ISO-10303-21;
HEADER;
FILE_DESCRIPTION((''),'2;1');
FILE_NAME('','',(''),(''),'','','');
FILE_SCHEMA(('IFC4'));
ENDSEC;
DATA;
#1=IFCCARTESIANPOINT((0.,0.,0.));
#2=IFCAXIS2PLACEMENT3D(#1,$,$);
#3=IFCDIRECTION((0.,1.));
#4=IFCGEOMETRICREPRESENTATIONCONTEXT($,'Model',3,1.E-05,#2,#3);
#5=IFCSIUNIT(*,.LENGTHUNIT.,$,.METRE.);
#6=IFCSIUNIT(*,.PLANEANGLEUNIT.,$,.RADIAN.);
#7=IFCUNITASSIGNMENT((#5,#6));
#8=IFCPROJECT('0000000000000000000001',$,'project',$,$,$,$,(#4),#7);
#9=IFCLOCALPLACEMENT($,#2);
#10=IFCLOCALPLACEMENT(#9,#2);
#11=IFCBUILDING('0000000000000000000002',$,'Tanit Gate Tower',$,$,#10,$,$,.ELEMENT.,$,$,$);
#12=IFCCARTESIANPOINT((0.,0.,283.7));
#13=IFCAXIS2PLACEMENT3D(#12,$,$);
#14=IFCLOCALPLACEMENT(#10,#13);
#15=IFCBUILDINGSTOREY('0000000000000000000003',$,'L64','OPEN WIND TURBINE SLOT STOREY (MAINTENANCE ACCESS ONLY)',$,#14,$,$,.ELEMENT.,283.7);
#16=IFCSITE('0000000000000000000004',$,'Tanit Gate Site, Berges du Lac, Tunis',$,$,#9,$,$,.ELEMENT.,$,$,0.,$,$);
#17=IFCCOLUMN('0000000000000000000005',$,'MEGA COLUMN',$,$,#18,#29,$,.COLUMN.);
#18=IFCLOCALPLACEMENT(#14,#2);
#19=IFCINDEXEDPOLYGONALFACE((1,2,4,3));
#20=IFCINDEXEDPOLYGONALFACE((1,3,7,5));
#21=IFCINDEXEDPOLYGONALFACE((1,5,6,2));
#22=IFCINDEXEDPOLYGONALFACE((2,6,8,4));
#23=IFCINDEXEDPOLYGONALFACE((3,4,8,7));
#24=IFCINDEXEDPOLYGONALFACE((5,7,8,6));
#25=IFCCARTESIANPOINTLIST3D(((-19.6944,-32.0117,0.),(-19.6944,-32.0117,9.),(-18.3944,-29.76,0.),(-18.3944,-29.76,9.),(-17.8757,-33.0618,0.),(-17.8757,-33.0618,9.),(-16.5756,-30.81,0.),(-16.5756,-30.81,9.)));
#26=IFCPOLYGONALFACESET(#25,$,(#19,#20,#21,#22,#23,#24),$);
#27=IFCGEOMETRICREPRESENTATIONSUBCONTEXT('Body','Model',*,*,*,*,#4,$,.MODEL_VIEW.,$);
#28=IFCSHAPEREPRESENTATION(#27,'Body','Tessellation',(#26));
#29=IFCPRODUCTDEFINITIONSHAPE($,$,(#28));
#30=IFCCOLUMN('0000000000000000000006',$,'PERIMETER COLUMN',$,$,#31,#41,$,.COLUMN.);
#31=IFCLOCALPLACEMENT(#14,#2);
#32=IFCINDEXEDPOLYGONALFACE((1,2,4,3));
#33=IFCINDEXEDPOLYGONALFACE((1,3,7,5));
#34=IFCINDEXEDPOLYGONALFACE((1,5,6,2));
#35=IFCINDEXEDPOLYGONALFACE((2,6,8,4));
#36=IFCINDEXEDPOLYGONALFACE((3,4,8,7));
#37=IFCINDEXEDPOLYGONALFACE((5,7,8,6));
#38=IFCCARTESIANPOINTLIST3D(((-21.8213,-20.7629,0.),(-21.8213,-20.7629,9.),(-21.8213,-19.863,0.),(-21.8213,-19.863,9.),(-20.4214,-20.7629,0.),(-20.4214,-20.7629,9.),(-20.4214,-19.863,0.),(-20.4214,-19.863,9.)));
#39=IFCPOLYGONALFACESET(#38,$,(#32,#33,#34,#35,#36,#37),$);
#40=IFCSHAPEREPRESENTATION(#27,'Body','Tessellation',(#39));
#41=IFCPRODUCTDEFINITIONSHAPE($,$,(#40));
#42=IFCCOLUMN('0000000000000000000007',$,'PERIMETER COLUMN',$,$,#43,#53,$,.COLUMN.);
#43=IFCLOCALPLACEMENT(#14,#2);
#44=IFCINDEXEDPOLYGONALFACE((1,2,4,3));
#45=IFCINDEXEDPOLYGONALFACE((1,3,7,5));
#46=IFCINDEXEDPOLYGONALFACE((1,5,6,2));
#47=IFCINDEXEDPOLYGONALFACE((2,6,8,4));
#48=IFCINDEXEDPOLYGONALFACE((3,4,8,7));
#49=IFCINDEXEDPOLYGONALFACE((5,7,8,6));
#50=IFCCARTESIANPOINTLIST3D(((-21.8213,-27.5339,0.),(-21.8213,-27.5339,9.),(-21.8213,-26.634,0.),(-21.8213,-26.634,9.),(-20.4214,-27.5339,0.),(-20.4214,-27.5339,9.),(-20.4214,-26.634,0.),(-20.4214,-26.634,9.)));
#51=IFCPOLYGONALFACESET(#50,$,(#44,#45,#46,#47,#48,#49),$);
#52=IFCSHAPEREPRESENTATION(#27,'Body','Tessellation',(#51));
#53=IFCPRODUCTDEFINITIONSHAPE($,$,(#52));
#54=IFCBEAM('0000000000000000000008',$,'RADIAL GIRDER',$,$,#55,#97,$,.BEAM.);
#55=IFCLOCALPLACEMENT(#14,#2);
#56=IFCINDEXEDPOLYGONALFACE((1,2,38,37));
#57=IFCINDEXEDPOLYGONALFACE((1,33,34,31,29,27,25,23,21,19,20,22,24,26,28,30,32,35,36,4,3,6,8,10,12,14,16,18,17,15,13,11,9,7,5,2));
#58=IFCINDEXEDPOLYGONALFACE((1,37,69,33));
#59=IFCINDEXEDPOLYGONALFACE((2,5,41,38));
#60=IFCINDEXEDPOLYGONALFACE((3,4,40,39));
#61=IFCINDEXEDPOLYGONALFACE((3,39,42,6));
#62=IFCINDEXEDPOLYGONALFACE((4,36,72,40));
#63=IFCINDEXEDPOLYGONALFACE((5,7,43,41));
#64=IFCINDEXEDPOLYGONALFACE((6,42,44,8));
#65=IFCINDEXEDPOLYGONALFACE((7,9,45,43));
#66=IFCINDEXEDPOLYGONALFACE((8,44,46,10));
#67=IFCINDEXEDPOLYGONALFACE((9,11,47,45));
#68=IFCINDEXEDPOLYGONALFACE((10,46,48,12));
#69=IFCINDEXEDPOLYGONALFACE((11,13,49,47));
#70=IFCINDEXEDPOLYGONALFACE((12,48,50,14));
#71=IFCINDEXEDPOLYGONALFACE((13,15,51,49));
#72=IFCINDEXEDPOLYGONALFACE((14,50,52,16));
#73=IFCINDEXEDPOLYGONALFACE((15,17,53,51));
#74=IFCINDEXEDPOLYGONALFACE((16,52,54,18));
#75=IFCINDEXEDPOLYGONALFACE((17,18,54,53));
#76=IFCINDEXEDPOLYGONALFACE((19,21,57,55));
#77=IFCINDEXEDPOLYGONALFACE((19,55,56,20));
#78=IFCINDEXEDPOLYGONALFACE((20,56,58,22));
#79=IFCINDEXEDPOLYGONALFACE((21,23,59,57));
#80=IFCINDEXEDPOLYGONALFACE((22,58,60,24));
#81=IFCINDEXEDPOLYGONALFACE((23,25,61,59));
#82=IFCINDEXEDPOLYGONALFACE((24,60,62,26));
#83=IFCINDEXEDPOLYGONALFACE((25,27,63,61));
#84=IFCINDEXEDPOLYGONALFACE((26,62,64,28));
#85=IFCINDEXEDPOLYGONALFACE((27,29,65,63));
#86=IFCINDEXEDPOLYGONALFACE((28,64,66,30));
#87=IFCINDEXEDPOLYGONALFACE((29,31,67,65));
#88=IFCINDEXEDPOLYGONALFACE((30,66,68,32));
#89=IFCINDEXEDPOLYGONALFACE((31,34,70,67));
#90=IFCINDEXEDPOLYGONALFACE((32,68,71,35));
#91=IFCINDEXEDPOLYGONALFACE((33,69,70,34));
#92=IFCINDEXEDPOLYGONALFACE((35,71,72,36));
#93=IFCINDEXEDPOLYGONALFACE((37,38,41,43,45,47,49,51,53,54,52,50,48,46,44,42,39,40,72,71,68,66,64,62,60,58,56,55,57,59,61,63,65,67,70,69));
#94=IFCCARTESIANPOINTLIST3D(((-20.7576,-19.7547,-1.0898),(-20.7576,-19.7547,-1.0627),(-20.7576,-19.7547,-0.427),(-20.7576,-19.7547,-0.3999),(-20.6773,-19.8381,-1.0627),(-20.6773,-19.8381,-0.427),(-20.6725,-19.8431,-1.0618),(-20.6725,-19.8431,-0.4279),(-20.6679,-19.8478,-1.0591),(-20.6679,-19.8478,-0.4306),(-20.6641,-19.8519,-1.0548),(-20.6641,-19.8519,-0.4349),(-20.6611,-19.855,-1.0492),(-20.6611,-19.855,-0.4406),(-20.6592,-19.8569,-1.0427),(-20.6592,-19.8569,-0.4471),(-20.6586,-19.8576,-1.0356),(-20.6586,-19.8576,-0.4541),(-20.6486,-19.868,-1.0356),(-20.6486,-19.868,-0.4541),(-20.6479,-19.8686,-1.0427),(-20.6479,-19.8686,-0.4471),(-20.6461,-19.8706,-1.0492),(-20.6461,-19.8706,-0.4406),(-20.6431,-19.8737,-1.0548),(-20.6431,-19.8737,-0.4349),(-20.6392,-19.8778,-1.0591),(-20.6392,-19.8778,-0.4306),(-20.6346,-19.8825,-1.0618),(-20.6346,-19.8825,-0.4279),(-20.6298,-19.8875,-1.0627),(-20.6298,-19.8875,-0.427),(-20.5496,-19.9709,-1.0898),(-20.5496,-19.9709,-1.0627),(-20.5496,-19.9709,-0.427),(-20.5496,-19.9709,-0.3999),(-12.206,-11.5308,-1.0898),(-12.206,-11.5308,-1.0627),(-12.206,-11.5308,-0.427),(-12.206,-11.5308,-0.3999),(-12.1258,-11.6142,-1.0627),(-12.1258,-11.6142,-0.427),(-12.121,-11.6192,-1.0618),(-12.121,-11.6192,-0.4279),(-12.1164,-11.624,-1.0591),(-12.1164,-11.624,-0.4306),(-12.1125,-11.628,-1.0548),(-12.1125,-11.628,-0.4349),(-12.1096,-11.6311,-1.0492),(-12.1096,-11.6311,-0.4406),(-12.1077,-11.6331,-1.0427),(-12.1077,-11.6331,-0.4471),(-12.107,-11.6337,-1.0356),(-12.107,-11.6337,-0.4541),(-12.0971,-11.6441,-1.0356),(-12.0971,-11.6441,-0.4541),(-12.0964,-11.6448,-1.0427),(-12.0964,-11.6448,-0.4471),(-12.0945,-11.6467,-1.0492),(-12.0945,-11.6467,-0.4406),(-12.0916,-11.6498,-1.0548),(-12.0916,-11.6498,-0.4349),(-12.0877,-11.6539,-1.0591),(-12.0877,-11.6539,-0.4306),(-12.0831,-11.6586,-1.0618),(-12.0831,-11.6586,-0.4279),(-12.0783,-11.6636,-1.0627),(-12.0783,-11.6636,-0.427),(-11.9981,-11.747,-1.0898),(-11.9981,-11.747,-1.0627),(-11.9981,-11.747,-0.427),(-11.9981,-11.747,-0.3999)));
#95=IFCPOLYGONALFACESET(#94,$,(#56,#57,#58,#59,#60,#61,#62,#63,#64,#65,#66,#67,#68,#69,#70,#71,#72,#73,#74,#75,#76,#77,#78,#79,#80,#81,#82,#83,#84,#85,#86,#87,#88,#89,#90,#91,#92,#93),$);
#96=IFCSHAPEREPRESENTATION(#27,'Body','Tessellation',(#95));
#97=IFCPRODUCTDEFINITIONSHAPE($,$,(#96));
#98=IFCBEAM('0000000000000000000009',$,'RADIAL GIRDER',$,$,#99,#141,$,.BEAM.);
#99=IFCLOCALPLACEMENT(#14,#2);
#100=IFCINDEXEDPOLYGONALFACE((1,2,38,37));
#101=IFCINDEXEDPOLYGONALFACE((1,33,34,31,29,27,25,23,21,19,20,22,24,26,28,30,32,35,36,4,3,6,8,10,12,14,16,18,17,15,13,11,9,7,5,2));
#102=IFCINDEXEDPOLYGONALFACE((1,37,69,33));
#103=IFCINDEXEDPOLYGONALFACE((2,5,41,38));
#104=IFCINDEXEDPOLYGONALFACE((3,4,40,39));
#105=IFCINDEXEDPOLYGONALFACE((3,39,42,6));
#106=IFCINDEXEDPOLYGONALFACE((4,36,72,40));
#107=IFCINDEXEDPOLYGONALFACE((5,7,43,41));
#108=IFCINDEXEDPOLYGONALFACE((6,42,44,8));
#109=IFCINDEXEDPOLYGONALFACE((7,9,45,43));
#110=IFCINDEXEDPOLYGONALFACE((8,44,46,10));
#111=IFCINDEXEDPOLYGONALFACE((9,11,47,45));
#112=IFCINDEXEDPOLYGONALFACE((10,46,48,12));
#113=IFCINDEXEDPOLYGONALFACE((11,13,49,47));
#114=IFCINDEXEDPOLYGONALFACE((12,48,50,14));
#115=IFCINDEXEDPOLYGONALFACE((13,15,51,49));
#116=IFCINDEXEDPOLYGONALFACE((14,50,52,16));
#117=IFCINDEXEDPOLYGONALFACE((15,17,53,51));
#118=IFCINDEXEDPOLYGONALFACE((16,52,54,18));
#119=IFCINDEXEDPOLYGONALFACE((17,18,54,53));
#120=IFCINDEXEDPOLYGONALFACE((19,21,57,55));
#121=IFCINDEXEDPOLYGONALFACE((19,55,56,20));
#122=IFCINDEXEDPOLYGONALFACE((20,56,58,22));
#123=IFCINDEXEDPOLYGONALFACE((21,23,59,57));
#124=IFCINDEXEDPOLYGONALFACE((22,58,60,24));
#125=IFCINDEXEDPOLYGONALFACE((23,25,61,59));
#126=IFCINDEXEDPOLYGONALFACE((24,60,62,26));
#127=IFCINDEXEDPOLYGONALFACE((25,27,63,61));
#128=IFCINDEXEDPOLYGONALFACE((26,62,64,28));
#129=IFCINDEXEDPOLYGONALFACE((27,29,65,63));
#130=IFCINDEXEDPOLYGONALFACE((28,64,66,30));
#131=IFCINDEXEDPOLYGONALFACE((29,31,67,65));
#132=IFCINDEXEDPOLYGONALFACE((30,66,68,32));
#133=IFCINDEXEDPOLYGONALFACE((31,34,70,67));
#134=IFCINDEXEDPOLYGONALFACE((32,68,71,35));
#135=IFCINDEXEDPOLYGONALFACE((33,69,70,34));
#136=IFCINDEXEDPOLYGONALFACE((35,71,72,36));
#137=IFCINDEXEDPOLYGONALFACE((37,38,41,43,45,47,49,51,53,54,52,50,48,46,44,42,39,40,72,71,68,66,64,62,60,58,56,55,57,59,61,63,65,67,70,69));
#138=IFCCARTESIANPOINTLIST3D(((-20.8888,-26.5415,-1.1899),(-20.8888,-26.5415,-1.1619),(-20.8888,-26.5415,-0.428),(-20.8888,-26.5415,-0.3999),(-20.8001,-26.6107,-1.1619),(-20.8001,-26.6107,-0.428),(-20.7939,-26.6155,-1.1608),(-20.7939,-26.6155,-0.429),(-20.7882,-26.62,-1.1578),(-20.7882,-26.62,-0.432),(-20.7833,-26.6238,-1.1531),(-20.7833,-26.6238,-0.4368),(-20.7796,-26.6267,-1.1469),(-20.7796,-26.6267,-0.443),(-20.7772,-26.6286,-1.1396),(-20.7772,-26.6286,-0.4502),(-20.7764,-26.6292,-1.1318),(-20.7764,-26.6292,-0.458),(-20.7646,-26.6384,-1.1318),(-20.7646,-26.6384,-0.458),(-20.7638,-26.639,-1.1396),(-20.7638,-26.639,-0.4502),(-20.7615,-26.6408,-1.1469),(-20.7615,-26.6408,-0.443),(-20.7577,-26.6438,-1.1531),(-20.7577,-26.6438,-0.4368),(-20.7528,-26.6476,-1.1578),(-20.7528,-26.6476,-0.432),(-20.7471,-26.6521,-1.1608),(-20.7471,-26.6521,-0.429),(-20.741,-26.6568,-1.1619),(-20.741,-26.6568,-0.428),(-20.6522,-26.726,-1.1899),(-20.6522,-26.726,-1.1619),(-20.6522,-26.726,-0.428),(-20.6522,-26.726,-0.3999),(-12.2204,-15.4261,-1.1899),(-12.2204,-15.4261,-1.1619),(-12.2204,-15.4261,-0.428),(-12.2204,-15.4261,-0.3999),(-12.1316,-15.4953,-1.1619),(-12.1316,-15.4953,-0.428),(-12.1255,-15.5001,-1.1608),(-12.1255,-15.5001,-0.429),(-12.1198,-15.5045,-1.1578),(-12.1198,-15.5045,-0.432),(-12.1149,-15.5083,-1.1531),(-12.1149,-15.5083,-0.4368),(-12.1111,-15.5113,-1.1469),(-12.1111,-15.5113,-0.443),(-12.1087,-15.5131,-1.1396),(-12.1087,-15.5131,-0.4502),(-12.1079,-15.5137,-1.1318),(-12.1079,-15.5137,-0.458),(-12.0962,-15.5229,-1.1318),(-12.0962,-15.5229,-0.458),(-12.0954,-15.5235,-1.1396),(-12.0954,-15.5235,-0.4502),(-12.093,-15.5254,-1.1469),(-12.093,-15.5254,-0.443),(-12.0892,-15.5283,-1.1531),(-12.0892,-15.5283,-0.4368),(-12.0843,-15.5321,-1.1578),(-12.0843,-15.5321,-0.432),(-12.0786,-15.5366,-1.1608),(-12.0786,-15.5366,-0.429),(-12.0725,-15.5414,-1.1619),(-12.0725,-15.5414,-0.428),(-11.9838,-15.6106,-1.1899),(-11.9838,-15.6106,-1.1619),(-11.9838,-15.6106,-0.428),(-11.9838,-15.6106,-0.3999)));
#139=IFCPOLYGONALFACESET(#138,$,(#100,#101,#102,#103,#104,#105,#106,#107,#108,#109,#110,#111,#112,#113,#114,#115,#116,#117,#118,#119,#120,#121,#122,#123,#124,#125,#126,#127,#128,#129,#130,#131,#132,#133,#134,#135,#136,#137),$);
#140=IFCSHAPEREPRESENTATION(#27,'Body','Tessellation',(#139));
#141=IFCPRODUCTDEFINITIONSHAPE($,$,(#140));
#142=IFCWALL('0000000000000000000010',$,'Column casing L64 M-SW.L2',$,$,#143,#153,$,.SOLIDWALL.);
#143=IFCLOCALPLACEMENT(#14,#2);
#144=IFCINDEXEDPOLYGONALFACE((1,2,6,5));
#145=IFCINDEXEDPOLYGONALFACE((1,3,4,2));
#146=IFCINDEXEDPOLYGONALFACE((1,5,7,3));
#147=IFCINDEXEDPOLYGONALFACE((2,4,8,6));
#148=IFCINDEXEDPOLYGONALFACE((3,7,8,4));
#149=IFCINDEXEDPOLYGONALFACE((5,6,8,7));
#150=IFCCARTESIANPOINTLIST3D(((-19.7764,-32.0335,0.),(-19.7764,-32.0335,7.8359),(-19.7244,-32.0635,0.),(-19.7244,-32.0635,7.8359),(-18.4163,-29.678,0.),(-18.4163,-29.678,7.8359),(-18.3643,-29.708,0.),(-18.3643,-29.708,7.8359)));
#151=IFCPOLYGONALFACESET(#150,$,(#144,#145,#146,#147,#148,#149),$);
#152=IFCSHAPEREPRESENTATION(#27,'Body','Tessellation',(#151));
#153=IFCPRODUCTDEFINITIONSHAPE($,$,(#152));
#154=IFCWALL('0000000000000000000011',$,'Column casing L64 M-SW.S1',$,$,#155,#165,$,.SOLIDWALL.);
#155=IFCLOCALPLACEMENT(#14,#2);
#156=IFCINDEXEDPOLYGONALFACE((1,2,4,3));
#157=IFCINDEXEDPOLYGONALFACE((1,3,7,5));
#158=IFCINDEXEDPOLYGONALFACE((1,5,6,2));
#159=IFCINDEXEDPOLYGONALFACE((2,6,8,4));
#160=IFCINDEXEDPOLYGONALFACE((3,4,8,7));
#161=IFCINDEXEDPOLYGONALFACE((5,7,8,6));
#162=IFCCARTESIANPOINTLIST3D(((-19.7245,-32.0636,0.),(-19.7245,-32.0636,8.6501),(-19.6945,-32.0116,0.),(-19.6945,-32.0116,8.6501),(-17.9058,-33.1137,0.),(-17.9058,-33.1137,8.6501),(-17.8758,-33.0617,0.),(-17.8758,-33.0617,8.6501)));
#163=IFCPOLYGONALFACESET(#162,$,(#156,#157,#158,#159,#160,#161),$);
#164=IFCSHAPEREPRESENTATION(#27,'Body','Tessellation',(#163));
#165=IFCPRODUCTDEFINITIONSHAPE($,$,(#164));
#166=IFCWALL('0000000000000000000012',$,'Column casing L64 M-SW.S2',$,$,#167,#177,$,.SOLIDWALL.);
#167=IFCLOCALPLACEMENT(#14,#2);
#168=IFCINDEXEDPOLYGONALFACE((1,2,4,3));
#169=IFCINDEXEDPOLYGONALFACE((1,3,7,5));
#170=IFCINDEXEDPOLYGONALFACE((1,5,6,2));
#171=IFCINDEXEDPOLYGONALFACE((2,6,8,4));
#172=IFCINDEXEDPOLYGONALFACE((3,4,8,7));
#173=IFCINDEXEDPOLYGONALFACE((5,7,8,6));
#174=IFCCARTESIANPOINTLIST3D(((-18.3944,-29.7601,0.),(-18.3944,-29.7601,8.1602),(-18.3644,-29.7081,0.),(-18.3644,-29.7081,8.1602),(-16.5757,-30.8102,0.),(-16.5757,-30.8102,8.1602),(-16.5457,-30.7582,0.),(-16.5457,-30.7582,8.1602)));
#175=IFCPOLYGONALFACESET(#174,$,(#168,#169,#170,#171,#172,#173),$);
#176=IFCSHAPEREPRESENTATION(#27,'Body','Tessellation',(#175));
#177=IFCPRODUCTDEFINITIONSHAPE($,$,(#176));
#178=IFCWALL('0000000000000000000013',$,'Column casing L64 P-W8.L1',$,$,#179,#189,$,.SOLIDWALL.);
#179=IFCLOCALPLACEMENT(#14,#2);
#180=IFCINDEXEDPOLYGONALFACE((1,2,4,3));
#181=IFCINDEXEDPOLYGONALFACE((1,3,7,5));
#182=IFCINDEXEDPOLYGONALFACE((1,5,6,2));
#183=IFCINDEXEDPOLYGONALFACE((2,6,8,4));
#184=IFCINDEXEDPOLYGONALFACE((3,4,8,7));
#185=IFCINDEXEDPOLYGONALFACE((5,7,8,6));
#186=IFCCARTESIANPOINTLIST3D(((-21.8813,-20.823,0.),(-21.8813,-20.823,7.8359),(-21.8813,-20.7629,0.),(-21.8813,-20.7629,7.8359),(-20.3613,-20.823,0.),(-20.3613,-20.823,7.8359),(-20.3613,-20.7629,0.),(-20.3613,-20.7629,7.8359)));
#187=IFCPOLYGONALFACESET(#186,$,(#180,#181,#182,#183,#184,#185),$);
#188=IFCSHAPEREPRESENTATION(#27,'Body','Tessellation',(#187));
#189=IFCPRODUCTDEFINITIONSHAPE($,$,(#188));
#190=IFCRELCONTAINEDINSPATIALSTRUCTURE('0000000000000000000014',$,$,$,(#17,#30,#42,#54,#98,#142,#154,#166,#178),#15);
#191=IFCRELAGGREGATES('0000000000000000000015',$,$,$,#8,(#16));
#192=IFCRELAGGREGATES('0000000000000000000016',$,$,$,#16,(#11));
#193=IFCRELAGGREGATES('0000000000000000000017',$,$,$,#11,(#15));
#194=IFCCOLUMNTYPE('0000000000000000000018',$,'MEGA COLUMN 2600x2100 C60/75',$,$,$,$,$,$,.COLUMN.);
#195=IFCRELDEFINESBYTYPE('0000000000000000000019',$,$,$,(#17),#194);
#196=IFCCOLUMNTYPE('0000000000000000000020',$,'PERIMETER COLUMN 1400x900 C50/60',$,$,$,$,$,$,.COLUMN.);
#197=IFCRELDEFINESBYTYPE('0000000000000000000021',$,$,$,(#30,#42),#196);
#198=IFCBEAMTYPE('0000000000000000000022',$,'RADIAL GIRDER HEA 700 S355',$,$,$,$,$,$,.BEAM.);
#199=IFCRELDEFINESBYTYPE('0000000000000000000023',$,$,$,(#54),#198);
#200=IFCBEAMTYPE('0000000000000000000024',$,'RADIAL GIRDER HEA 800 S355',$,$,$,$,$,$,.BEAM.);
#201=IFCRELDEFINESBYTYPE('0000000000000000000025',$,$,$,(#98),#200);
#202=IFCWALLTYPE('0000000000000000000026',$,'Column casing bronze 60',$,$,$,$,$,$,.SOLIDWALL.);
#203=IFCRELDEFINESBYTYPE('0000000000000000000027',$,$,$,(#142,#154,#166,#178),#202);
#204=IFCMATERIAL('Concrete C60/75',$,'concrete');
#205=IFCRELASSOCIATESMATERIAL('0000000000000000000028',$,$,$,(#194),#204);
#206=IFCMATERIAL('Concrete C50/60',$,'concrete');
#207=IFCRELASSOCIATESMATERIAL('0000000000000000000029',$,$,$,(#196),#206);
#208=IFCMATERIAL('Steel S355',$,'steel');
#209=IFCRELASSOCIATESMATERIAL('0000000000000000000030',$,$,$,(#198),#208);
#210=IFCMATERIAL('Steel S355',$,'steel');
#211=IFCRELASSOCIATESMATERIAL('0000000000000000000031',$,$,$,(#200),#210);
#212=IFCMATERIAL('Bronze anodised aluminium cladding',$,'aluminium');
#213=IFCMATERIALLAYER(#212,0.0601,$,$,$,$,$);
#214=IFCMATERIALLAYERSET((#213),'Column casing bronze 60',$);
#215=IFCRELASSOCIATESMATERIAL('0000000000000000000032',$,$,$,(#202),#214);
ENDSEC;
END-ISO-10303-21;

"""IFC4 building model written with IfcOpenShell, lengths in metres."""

from ifc_helpers import new_model, si_unit, direction, frame, frame_2d, origin, origin_2d, place, context, subcontext, project, spatial, rectangle, i_section, extrude, material, layer, layer_set, material_profile, profile_set, type_object, element, save


model = new_model("IFC4")

# Units and contexts
model_context = context("Model", 3, precision=1e-05, world=origin(), true_north=direction((0.0, 1.0)))
body_context = subcontext(model_context, "Body", "Model", "MODEL_VIEW")
ifc_project = project(units=[si_unit("LENGTHUNIT", "METRE"), si_unit("PLANEANGLEUNIT", "RADIAN")], contexts=[model_context])

# Site, building, storey
site_placement = place(None, origin())
site = spatial("IfcSite", under=ifc_project, at=site_placement, Name="Tanit Gate Site, Berges du Lac, Tunis", CompositionType="ELEMENT", RefElevation=0.0)
building_placement = place(site_placement, origin())
building = spatial("IfcBuilding", under=site, at=building_placement, Name="Tanit Gate Tower", CompositionType="ELEMENT")
storey_placement = place(building_placement, frame((0.0, 0.0, 283.7)))
storey = spatial("IfcBuildingStorey", under=building, at=storey_placement, Name="L64", Description="OPEN WIND TURBINE SLOT STOREY (MAINTENANCE ACCESS ONLY)", CompositionType="ELEMENT", Elevation=283.7)

# Columns
ifc_material_1 = material(Name="Concrete C60/75", Category="concrete")
ifc_material_profile_1 = material_profile(ifc_material_1, rectangle(XDim=2.6001, YDim=2.1001, at=origin_2d()), Name="RC 2600x2100")
ifc_profile_set_1 = profile_set([ifc_material_profile_1], Name="Concrete C60/75")
column_type_1 = type_object("IfcColumnType", Name="MEGA COLUMN 2600x2100 C60/75", PredefinedType="COLUMN", material=ifc_profile_set_1)
column_placement = place(storey_placement, frame((-18.135, -31.4109, 0.0), z_axis=(0.0, 0.0, 1.0), x_axis=(-0.5, -0.866025, 0.0)))
element("IfcColumn", 1, at=column_placement, inside=storey, type_object=column_type_1, Name="MEGA COLUMN", PredefinedType="COLUMN", context=body_context, shape_type="SweptSolid", body=[
    extrude(rectangle(XDim=2.6001, YDim=2.1001, at=origin_2d()), origin(), (0.0, 0.0, 1.0), 9.0),
])
ifc_material_2 = material(Name="Concrete C50/60", Category="concrete")
ifc_material_profile_2 = material_profile(ifc_material_2, rectangle(XDim=1.3999, YDim=0.8999, at=origin_2d()), Name="RC 1400x900")
ifc_profile_set_2 = profile_set([ifc_material_profile_2], Name="Concrete C50/60")
column_type_2 = type_object("IfcColumnType", Name="PERIMETER COLUMN 1400x900 C50/60", PredefinedType="COLUMN", material=ifc_profile_set_2)
for number, where, z_axis, x_axis, name in (
    (2, (-21.1213, -20.313, 0.0), (0.0, 0.0, 1.0), (-1.0, 0.0, 0.0), "PERIMETER COLUMN"),
    (3, (-21.1213, -27.084, 0.0), (0.0, 0.0, 1.0), (-1.0, 0.0, 0.0), "PERIMETER COLUMN"),
):
    element("IfcColumn", number, at=place(storey_placement, frame(where, z_axis=z_axis, x_axis=x_axis)), inside=storey, type_object=column_type_2, Name=name, PredefinedType="COLUMN", context=body_context, shape_type="SweptSolid", body=[
        extrude(rectangle(XDim=1.3999, YDim=0.8999, at=origin_2d()), origin(), (0.0, 0.0, 1.0), 9.0),
    ])

# Beams
ifc_material_3 = material(Name="Steel S355", Category="steel")
ifc_material_profile_3 = material_profile(ifc_material_3, i_section(OverallWidth=0.3, OverallDepth=0.6899, WebThickness=0.0144, FlangeThickness=0.0271, FilletRadius=0.0271, at=origin_2d()), Name="HEA 700")
ifc_profile_set_3 = profile_set([ifc_material_profile_3], Name="Steel S355")
beam_type_1 = type_object("IfcBeamType", Name="RADIAL GIRDER HEA 700 S355", PredefinedType="BEAM", material=ifc_profile_set_3)
beam_1_placement = place(storey_placement, frame((-20.6536, -19.8628, -0.7449), z_axis=(0.72078, 0.693164, 0.0), x_axis=(-0.693164, 0.72078, 0.0)))
element("IfcBeam", 4, at=beam_1_placement, inside=storey, type_object=beam_type_1, Name="RADIAL GIRDER", PredefinedType="BEAM", context=body_context, shape_type="SweptSolid", body=[
    extrude(i_section(OverallWidth=0.3, OverallDepth=0.6899, WebThickness=0.0144, FlangeThickness=0.0271, FilletRadius=0.0271, at=origin_2d()), origin(), (0.0, 0.0, 1.0), 11.8643),
])
ifc_material_4 = material(Name="Steel S355", Category="steel")
ifc_material_profile_4 = material_profile(ifc_material_4, i_section(OverallWidth=0.3, OverallDepth=0.79, WebThickness=0.0149, FlangeThickness=0.0281, FilletRadius=0.03, at=origin_2d()), Name="HEA 800")
ifc_profile_set_4 = profile_set([ifc_material_profile_4], Name="Steel S355")
beam_type_2 = type_object("IfcBeamType", Name="RADIAL GIRDER HEA 800 S355", PredefinedType="BEAM", material=ifc_profile_set_4)
beam_2_placement = place(storey_placement, frame((-20.7705, -26.6338, -0.7949), z_axis=(0.614961, 0.788558, 0.0), x_axis=(-0.788558, 0.614961, 0.0)))
element("IfcBeam", 5, at=beam_2_placement, inside=storey, type_object=beam_type_2, Name="RADIAL GIRDER", PredefinedType="BEAM", context=body_context, shape_type="SweptSolid", body=[
    extrude(i_section(OverallWidth=0.3, OverallDepth=0.79, WebThickness=0.0149, FlangeThickness=0.0281, FilletRadius=0.03, at=origin_2d()), origin(), (0.0, 0.0, 1.0), 14.0959),
])

# Walls
ifc_material_5 = material(Name="Bronze anodised aluminium cladding", Category="aluminium")
ifc_layer_1 = layer(ifc_material_5, 0.0601)
ifc_layer_set_1 = layer_set([ifc_layer_1], Name="Column casing bronze 60")
wall_type_1 = type_object("IfcWallType", Name="Column casing bronze 60", PredefinedType="SOLIDWALL", material=ifc_layer_set_1)
wall_1_placement = place(storey_placement, frame((-18.3904, -29.6931, 0.0), z_axis=(0.0, 0.0, 1.0), x_axis=(-0.500049, -0.865997, 0.0)))
element("IfcWall", 6, at=wall_1_placement, inside=storey, type_object=wall_type_1, Name="Column casing L64 M-SW.L2", PredefinedType="SOLIDWALL", context=body_context, shape_type="SweptSolid", body=[
    extrude(rectangle(XDim=2.72, YDim=0.0601, at=frame_2d((1.3599, 0.0))), origin(), (0.0, 0.0, 1.0), 7.8359),
])
wall_2_placement = place(storey_placement, frame((-19.7095, -32.0376, 0.0), z_axis=(0.0, 0.0, 1.0), x_axis=(0.866009, -0.500028, 0.0)))
element("IfcWall", 7, at=wall_2_placement, inside=storey, type_object=wall_type_1, Name="Column casing L64 M-SW.S1", PredefinedType="SOLIDWALL", context=body_context, shape_type="SweptSolid", body=[
    extrude(rectangle(XDim=2.1001, YDim=0.0601, at=frame_2d((1.05, 0.0))), origin(), (0.0, 0.0, 1.0), 8.6501),
])
wall_3_placement = place(storey_placement, frame((-18.3794, -29.7341, 0.0), z_axis=(0.0, 0.0, 1.0), x_axis=(0.866009, -0.500028, 0.0)))
element("IfcWall", 8, at=wall_3_placement, inside=storey, type_object=wall_type_1, Name="Column casing L64 M-SW.S2", PredefinedType="SOLIDWALL", context=body_context, shape_type="SweptSolid", body=[
    extrude(rectangle(XDim=2.1001, YDim=0.0601, at=frame_2d((1.05, 0.0))), origin(), (0.0, 0.0, 1.0), 8.1602),
])
for number, where, z_axis, x_axis, name in (
    (9, (-20.3613, -20.793, 0.0), (0.0, 0.0, 1.0), (-1.0, 0.0, 0.0), "Column casing L64 P-W8.L1"),
):
    element("IfcWall", number, at=place(storey_placement, frame(where, z_axis=z_axis, x_axis=x_axis)), inside=storey, type_object=wall_type_1, Name=name, PredefinedType="SOLIDWALL", context=body_context, shape_type="SweptSolid", body=[
        extrude(rectangle(XDim=1.52, YDim=0.0601, at=frame_2d((0.76, 0.0))), origin(), (0.0, 0.0, 1.0), 7.8359),
    ])

save(model, "model.ifc")
